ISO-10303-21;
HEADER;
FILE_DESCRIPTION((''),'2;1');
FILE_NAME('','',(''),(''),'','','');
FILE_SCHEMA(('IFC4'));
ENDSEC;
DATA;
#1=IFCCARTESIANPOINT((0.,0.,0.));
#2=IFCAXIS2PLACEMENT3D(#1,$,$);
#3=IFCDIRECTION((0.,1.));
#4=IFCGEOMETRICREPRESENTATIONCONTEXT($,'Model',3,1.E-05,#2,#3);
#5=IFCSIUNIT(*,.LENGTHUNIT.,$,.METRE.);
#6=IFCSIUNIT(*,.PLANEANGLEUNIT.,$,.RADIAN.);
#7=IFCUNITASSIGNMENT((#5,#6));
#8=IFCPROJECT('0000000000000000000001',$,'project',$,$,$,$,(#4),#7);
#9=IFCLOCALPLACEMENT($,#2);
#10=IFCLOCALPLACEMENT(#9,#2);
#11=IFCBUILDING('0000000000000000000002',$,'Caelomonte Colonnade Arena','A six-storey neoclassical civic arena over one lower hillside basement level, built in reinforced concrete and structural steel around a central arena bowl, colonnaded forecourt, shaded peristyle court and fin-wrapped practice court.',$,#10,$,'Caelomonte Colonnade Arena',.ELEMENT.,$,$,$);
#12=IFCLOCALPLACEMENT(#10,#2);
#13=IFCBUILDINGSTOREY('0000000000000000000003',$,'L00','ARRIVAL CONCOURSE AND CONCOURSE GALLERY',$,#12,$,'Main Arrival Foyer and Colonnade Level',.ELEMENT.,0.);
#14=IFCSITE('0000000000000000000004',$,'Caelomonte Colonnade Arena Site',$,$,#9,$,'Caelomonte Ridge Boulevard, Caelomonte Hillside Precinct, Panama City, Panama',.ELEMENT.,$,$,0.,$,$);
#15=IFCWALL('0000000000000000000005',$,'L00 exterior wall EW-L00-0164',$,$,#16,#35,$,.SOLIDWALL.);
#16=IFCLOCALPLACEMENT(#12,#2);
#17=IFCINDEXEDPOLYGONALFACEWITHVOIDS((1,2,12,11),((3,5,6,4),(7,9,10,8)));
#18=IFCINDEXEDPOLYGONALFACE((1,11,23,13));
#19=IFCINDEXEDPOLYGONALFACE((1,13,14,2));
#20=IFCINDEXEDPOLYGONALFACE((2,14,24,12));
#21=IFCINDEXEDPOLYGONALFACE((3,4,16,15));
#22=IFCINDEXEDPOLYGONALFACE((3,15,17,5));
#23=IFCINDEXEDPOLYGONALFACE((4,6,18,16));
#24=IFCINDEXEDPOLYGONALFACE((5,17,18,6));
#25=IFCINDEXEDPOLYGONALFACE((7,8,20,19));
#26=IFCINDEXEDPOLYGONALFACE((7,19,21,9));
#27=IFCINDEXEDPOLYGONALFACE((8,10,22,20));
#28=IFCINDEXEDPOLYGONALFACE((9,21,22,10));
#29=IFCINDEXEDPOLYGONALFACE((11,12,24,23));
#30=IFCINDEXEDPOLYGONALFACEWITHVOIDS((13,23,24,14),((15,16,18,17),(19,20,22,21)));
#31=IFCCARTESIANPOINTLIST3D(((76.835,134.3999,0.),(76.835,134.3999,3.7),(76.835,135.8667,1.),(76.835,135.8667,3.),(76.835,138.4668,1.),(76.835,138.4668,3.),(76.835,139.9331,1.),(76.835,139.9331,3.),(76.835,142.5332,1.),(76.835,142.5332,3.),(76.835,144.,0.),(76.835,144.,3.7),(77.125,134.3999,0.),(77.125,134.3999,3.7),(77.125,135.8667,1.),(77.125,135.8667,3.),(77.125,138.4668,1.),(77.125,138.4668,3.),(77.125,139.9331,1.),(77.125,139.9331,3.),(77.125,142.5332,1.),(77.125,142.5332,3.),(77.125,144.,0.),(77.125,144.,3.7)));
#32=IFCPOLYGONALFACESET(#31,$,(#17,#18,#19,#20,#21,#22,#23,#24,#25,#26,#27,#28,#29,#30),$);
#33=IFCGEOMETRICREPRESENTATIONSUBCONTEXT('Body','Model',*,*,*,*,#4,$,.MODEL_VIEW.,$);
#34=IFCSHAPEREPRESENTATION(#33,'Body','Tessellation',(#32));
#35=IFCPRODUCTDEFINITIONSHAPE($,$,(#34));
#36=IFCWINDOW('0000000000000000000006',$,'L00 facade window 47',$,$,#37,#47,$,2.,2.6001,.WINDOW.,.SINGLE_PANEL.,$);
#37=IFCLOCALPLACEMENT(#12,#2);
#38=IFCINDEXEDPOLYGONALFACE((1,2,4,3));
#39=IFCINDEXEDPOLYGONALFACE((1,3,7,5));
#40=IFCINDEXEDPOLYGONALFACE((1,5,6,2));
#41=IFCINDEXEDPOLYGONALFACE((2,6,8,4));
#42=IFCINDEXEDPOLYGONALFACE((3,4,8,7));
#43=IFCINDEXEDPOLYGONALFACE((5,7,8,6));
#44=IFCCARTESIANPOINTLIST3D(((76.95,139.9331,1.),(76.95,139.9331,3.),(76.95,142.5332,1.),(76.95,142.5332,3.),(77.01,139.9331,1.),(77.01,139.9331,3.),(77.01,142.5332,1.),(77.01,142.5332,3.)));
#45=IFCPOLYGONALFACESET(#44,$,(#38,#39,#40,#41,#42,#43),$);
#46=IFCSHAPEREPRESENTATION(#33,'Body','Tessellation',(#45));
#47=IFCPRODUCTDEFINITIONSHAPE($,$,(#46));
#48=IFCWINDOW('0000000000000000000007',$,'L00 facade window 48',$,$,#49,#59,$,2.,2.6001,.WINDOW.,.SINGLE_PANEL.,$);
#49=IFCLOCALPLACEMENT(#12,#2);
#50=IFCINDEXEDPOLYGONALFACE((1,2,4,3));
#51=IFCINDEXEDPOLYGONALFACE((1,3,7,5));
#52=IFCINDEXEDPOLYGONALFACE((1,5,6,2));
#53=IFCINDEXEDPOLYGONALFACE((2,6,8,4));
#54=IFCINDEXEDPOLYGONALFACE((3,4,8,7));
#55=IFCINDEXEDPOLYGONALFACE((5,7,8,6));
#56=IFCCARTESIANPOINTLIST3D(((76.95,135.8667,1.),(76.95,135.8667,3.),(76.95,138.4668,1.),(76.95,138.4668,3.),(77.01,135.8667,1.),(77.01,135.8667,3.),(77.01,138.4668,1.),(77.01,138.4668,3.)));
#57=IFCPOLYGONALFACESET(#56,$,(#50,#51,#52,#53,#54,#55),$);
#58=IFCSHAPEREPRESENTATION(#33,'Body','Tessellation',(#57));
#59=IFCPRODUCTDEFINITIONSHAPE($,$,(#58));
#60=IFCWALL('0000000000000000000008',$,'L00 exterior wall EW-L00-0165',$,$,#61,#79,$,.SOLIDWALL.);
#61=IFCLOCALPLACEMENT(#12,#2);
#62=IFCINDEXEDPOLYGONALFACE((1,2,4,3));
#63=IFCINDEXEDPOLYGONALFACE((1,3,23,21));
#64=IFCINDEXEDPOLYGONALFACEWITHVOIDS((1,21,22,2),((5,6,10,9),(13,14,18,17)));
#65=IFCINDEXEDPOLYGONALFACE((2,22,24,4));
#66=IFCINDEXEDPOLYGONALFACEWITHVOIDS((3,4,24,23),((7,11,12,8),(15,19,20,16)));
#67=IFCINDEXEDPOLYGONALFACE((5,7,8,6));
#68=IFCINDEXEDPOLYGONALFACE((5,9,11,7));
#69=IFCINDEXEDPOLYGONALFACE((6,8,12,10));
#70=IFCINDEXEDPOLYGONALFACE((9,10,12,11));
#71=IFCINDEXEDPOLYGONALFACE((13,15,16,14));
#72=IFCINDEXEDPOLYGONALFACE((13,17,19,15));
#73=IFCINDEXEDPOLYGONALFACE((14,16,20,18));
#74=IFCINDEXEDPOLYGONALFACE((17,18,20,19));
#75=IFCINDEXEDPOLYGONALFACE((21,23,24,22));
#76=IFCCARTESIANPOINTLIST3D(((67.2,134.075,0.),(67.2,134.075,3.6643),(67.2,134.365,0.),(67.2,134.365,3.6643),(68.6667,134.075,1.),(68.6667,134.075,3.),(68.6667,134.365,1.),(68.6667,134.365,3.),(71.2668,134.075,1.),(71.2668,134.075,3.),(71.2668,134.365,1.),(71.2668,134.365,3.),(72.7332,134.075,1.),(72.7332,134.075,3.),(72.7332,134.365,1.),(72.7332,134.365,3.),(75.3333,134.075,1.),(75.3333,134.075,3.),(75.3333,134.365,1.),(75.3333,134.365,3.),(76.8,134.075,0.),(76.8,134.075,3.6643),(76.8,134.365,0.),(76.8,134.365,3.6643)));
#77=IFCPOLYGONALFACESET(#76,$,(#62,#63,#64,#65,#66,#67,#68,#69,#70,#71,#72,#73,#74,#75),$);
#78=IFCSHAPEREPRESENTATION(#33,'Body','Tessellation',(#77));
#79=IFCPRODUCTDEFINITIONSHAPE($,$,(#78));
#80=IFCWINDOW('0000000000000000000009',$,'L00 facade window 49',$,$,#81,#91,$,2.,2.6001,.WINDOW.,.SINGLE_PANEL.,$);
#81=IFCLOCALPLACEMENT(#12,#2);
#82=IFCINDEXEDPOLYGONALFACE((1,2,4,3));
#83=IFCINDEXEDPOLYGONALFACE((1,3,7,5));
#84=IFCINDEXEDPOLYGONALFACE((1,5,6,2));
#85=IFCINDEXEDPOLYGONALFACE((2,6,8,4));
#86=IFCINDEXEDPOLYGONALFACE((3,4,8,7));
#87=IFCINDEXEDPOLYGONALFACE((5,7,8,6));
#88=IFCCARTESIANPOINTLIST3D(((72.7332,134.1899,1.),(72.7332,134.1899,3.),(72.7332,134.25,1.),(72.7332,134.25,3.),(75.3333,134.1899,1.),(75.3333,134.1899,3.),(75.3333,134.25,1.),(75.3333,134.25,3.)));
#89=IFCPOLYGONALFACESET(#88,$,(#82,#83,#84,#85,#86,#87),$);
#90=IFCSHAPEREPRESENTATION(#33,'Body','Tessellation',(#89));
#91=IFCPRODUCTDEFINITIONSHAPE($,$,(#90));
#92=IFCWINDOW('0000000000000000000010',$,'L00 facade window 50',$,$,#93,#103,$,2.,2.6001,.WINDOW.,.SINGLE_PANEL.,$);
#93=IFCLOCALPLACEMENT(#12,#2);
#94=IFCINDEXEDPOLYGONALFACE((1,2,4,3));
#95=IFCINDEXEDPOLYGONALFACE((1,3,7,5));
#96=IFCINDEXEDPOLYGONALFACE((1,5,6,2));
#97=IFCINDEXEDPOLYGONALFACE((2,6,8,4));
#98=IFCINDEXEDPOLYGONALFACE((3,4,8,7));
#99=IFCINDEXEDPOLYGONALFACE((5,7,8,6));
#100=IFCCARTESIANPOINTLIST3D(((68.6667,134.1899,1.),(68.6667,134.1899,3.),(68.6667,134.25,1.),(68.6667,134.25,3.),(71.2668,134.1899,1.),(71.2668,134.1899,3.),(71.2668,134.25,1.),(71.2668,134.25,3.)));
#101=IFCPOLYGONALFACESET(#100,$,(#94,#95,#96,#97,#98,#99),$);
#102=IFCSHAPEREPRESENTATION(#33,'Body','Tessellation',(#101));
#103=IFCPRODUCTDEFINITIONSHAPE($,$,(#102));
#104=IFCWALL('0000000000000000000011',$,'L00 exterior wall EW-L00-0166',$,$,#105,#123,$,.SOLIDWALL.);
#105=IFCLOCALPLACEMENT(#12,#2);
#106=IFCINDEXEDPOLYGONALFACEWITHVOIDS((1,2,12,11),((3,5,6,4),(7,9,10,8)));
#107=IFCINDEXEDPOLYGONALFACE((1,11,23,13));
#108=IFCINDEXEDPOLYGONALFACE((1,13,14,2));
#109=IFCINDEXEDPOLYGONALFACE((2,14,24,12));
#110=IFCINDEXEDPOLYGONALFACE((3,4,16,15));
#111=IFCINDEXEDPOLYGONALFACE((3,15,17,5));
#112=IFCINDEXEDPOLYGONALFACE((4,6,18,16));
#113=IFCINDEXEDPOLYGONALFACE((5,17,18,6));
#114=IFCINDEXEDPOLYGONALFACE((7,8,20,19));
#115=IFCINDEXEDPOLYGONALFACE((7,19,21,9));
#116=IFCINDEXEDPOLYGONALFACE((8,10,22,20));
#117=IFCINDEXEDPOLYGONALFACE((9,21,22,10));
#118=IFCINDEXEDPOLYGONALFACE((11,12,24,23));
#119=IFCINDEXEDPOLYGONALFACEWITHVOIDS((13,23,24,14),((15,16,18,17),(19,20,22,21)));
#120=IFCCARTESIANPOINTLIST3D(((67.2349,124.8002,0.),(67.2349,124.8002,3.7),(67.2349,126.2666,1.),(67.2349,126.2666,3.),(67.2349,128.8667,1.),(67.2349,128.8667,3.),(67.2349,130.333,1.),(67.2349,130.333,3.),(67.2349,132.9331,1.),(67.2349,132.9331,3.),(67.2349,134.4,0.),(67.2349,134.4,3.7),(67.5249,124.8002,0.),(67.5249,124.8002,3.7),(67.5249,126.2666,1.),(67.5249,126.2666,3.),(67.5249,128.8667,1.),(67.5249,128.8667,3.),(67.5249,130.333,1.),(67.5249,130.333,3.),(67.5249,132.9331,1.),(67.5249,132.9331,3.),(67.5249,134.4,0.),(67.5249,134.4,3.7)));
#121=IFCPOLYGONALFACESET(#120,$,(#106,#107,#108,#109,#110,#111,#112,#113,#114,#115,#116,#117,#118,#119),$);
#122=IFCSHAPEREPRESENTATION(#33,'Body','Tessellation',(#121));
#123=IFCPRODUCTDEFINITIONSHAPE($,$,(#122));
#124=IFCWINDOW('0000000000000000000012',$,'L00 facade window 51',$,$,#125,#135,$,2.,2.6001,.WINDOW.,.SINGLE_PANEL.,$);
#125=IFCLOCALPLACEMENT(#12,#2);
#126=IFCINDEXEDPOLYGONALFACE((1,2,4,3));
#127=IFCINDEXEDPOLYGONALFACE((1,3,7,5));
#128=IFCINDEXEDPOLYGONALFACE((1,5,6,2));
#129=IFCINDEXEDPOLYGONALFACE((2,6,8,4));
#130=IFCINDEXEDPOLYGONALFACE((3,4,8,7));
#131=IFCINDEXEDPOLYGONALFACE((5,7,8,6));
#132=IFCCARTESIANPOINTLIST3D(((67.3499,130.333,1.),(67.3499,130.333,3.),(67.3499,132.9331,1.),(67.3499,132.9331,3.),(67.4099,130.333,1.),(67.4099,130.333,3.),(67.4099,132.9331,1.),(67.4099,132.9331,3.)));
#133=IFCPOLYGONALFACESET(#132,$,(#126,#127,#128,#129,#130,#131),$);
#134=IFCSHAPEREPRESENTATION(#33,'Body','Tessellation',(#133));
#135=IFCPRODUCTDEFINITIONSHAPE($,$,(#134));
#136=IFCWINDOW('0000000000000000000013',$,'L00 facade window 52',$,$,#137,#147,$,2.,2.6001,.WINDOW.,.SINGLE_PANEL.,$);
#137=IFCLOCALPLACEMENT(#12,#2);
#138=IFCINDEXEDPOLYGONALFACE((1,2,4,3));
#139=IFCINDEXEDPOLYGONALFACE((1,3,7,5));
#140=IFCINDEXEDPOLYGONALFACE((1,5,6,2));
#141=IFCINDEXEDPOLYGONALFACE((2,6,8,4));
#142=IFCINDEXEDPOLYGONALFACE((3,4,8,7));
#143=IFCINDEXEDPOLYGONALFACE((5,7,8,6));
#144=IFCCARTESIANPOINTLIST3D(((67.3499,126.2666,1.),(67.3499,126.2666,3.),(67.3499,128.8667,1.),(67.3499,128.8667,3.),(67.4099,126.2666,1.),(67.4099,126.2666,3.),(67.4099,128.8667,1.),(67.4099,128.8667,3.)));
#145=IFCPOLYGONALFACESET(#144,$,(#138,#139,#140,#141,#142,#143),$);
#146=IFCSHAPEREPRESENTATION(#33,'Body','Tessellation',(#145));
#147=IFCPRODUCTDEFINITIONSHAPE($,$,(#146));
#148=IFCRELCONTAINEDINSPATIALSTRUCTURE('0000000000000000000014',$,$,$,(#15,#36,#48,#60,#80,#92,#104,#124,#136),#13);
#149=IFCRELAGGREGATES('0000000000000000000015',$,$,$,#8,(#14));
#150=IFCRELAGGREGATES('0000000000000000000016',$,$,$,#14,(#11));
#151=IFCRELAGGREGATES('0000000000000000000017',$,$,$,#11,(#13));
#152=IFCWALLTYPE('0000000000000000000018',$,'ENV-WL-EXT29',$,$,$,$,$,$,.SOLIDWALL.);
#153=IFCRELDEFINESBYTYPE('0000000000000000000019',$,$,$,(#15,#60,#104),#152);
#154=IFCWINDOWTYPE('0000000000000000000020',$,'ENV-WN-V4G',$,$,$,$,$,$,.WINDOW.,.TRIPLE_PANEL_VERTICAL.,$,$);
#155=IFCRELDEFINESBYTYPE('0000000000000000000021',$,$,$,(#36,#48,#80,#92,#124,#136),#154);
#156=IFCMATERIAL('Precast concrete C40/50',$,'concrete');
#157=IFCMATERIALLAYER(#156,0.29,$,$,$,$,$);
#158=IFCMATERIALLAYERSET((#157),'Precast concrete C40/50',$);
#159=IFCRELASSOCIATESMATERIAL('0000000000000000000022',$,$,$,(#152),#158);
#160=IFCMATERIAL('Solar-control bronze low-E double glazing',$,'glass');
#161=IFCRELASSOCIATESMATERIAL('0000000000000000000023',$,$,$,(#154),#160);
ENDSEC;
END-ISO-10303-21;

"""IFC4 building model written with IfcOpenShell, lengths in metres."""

from ifc_helpers import new_model, si_unit, direction, frame, frame_2d, origin, place, context, subcontext, project, spatial, rectangle, extrude, material, layer, layer_set, type_object, element, fill, save


model = new_model("IFC4")

# Units and contexts
model_context = context("Model", 3, precision=1e-05, world=origin(), true_north=direction((0.0, 1.0)))
body_context = subcontext(model_context, "Body", "Model", "MODEL_VIEW")
ifc_project = project(units=[si_unit("LENGTHUNIT", "METRE"), si_unit("PLANEANGLEUNIT", "RADIAN")], contexts=[model_context])

# Site, building, storey
site_placement = place(None, origin())
site = spatial("IfcSite", under=ifc_project, at=site_placement, Name="Caelomonte Colonnade Arena Site", LongName="Caelomonte Ridge Boulevard, Caelomonte Hillside Precinct, Panama City, Panama", CompositionType="ELEMENT", RefElevation=0.0)
building_placement = place(site_placement, origin())
building = spatial("IfcBuilding", under=site, at=building_placement, Name="Caelomonte Colonnade Arena", Description="A six-storey neoclassical civic arena over one lower hillside basement level, built in reinforced concrete and structural steel around a central arena bowl, colonnaded forecourt, shaded peristyle court and fin-wrapped practice court.", LongName="Caelomonte Colonnade Arena", CompositionType="ELEMENT")
storey_placement = place(building_placement, origin())
storey = spatial("IfcBuildingStorey", under=building, at=storey_placement, Name="L00", Description="ARRIVAL CONCOURSE AND CONCOURSE GALLERY", LongName="Main Arrival Foyer and Colonnade Level", CompositionType="ELEMENT", Elevation=0.0)

# Walls, openings, windows
ifc_material_1 = material(Name="Precast concrete C40/50", Category="concrete")
ifc_layer = layer(ifc_material_1, 0.29)
ifc_layer_set = layer_set([ifc_layer], Name="Precast concrete C40/50")
wall_type = type_object("IfcWallType", Name="ENV-WL-EXT29", PredefinedType="SOLIDWALL", material=ifc_layer_set)
wall_1_placement = place(storey_placement, frame((76.98, 144.0, 0.0), z_axis=(0.0, 0.0, 1.0), x_axis=(0.0, -1.0, 0.0)))
wall_1 = element("IfcWall", 1, at=wall_1_placement, inside=storey, type_object=wall_type, Name="L00 exterior wall EW-L00-0164", PredefinedType="SOLIDWALL", context=body_context, shape_type="SweptSolid", body=[
    extrude(rectangle(XDim=9.6001, YDim=0.29, at=frame_2d((4.8, 0.0))), origin(), (0.0, 0.0, 1.0), 3.7),
])
opening_1_placement = place(wall_1_placement, frame((4.0669, 0.0, 1.0), z_axis=(0.0, 0.0, 1.0), x_axis=(-1.0, 0.0, 0.0)))
opening_1 = element("IfcOpeningElement", 2, at=opening_1_placement, cuts=wall_1, PredefinedType="OPENING", context=body_context, shape_type="SweptSolid", body=[
    extrude(rectangle(XDim=2.6001, YDim=2.0, at=frame_2d((1.3, 1.0))), frame((0.0, 0.155, 0.0), z_axis=(0.0, -1.0, 0.0), x_axis=(1.0, 0.0, 0.0)), (0.0, 0.0, 1.0), 0.3101),
])
opening_2_placement = place(wall_1_placement, frame((8.1333, 0.0, 1.0), z_axis=(0.0, 0.0, 1.0), x_axis=(-1.0, 0.0, 0.0)))
opening_2 = element("IfcOpeningElement", 3, at=opening_2_placement, cuts=wall_1, PredefinedType="OPENING", context=body_context, shape_type="SweptSolid", body=[
    extrude(rectangle(XDim=2.6001, YDim=2.0, at=frame_2d((1.3, 1.0))), frame((0.0, 0.155, 0.0), z_axis=(0.0, -1.0, 0.0), x_axis=(1.0, 0.0, 0.0)), (0.0, 0.0, 1.0), 0.3101),
])
ifc_material_2 = material(Name="Solar-control bronze low-E double glazing", Category="glass")
window_type = type_object("IfcWindowType", Name="ENV-WN-V4G", PartitioningType="TRIPLE_PANEL_VERTICAL", PredefinedType="WINDOW", material=ifc_material_2)
window_1_placement = place(opening_1_placement, origin())
window_1 = element("IfcWindow", 4, at=window_1_placement, inside=storey, type_object=window_type, Name="L00 facade window 47", OverallHeight=2.0, OverallWidth=2.6001, PartitioningType="SINGLE_PANEL", PredefinedType="WINDOW", context=body_context, shape_type="SweptSolid", body=[
    extrude(rectangle(XDim=2.6001, YDim=2.0, at=frame_2d((1.3, 1.0))), frame((0.0, 0.03, 0.0), z_axis=(0.0, -1.0, 0.0), x_axis=(1.0, 0.0, 0.0)), (0.0, 0.0, 1.0), 0.0601),
])
fill(opening_1, window_1)
window_2_placement = place(opening_2_placement, origin())
window_2 = element("IfcWindow", 5, at=window_2_placement, inside=storey, type_object=window_type, Name="L00 facade window 48", OverallHeight=2.0, OverallWidth=2.6001, PartitioningType="SINGLE_PANEL", PredefinedType="WINDOW", context=body_context, shape_type="SweptSolid", body=[
    extrude(rectangle(XDim=2.6001, YDim=2.0, at=frame_2d((1.3, 1.0))), frame((0.0, 0.03, 0.0), z_axis=(0.0, -1.0, 0.0), x_axis=(1.0, 0.0, 0.0)), (0.0, 0.0, 1.0), 0.0601),
])
fill(opening_2, window_2)
wall_2_placement = place(storey_placement, frame((76.8, 134.22, 0.0), z_axis=(0.0, 0.0, 1.0), x_axis=(-1.0, 0.0, 0.0)))
wall_2 = element("IfcWall", 6, at=wall_2_placement, inside=storey, type_object=wall_type, Name="L00 exterior wall EW-L00-0165", PredefinedType="SOLIDWALL", context=body_context, shape_type="SweptSolid", body=[
    extrude(rectangle(XDim=9.6001, YDim=0.29, at=frame_2d((4.8, 0.0))), origin(), (0.0, 0.0, 1.0), 3.6643),
])
opening_3_placement = place(wall_2_placement, frame((4.0669, 0.0, 1.0), z_axis=(0.0, 0.0, 1.0), x_axis=(-1.0, 0.0, 0.0)))
opening_3 = element("IfcOpeningElement", 7, at=opening_3_placement, cuts=wall_2, PredefinedType="OPENING", context=body_context, shape_type="SweptSolid", body=[
    extrude(rectangle(XDim=2.6001, YDim=2.0, at=frame_2d((1.3, 1.0))), frame((0.0, 0.155, 0.0), z_axis=(0.0, -1.0, 0.0), x_axis=(1.0, 0.0, 0.0)), (0.0, 0.0, 1.0), 0.3101),
])
opening_4_placement = place(wall_2_placement, frame((8.1333, 0.0, 1.0), z_axis=(0.0, 0.0, 1.0), x_axis=(-1.0, 0.0, 0.0)))
opening_4 = element("IfcOpeningElement", 8, at=opening_4_placement, cuts=wall_2, PredefinedType="OPENING", context=body_context, shape_type="SweptSolid", body=[
    extrude(rectangle(XDim=2.6001, YDim=2.0, at=frame_2d((1.3, 1.0))), frame((0.0, 0.155, 0.0), z_axis=(0.0, -1.0, 0.0), x_axis=(1.0, 0.0, 0.0)), (0.0, 0.0, 1.0), 0.3101),
])
window_3_placement = place(opening_3_placement, origin())
window_3 = element("IfcWindow", 9, at=window_3_placement, inside=storey, type_object=window_type, Name="L00 facade window 49", OverallHeight=2.0, OverallWidth=2.6001, PartitioningType="SINGLE_PANEL", PredefinedType="WINDOW", context=body_context, shape_type="SweptSolid", body=[
    extrude(rectangle(XDim=2.6001, YDim=2.0, at=frame_2d((1.3, 1.0))), frame((0.0, 0.03, 0.0), z_axis=(0.0, -1.0, 0.0), x_axis=(1.0, 0.0, 0.0)), (0.0, 0.0, 1.0), 0.0601),
])
fill(opening_3, window_3)
window_4_placement = place(opening_4_placement, origin())
window_4 = element("IfcWindow", 10, at=window_4_placement, inside=storey, type_object=window_type, Name="L00 facade window 50", OverallHeight=2.0, OverallWidth=2.6001, PartitioningType="SINGLE_PANEL", PredefinedType="WINDOW", context=body_context, shape_type="SweptSolid", body=[
    extrude(rectangle(XDim=2.6001, YDim=2.0, at=frame_2d((1.3, 1.0))), frame((0.0, 0.03, 0.0), z_axis=(0.0, -1.0, 0.0), x_axis=(1.0, 0.0, 0.0)), (0.0, 0.0, 1.0), 0.0601),
])
fill(opening_4, window_4)
wall_3_placement = place(storey_placement, frame((67.3799, 134.3999, 0.0), z_axis=(0.0, 0.0, 1.0), x_axis=(0.0, -1.0, 0.0)))
wall_3 = element("IfcWall", 11, at=wall_3_placement, inside=storey, type_object=wall_type, Name="L00 exterior wall EW-L00-0166", PredefinedType="SOLIDWALL", context=body_context, shape_type="SweptSolid", body=[
    extrude(rectangle(XDim=9.5999, YDim=0.29, at=frame_2d((4.7998, 0.0))), origin(), (0.0, 0.0, 1.0), 3.7),
])
opening_5_placement = place(wall_3_placement, frame((4.0669, 0.0, 1.0), z_axis=(0.0, 0.0, 1.0), x_axis=(-1.0, 0.0, 0.0)))
opening_5 = element("IfcOpeningElement", 12, at=opening_5_placement, cuts=wall_3, PredefinedType="OPENING", context=body_context, shape_type="SweptSolid", body=[
    extrude(rectangle(XDim=2.6001, YDim=2.0, at=frame_2d((1.3, 1.0))), frame((0.0, 0.155, 0.0), z_axis=(0.0, -1.0, 0.0), x_axis=(1.0, 0.0, 0.0)), (0.0, 0.0, 1.0), 0.3101),
])
opening_6_placement = place(wall_3_placement, frame((8.1333, 0.0, 1.0), z_axis=(0.0, 0.0, 1.0), x_axis=(-1.0, 0.0, 0.0)))
opening_6 = element("IfcOpeningElement", 13, at=opening_6_placement, cuts=wall_3, PredefinedType="OPENING", context=body_context, shape_type="SweptSolid", body=[
    extrude(rectangle(XDim=2.6001, YDim=2.0, at=frame_2d((1.3, 1.0))), frame((0.0, 0.155, 0.0), z_axis=(0.0, -1.0, 0.0), x_axis=(1.0, 0.0, 0.0)), (0.0, 0.0, 1.0), 0.3101),
])
window_5_placement = place(opening_5_placement, origin())
window_5 = element("IfcWindow", 14, at=window_5_placement, inside=storey, type_object=window_type, Name="L00 facade window 51", OverallHeight=2.0, OverallWidth=2.6001, PartitioningType="SINGLE_PANEL", PredefinedType="WINDOW", context=body_context, shape_type="SweptSolid", body=[
    extrude(rectangle(XDim=2.6001, YDim=2.0, at=frame_2d((1.3, 1.0))), frame((0.0, 0.03, 0.0), z_axis=(0.0, -1.0, 0.0), x_axis=(1.0, 0.0, 0.0)), (0.0, 0.0, 1.0), 0.0601),
])
fill(opening_5, window_5)
window_6_placement = place(opening_6_placement, origin())
window_6 = element("IfcWindow", 15, at=window_6_placement, inside=storey, type_object=window_type, Name="L00 facade window 52", OverallHeight=2.0, OverallWidth=2.6001, PartitioningType="SINGLE_PANEL", PredefinedType="WINDOW", context=body_context, shape_type="SweptSolid", body=[
    extrude(rectangle(XDim=2.6001, YDim=2.0, at=frame_2d((1.3, 1.0))), frame((0.0, 0.03, 0.0), z_axis=(0.0, -1.0, 0.0), x_axis=(1.0, 0.0, 0.0)), (0.0, 0.0, 1.0), 0.0601),
])
fill(opening_6, window_6)

save(model, "model.ifc")
